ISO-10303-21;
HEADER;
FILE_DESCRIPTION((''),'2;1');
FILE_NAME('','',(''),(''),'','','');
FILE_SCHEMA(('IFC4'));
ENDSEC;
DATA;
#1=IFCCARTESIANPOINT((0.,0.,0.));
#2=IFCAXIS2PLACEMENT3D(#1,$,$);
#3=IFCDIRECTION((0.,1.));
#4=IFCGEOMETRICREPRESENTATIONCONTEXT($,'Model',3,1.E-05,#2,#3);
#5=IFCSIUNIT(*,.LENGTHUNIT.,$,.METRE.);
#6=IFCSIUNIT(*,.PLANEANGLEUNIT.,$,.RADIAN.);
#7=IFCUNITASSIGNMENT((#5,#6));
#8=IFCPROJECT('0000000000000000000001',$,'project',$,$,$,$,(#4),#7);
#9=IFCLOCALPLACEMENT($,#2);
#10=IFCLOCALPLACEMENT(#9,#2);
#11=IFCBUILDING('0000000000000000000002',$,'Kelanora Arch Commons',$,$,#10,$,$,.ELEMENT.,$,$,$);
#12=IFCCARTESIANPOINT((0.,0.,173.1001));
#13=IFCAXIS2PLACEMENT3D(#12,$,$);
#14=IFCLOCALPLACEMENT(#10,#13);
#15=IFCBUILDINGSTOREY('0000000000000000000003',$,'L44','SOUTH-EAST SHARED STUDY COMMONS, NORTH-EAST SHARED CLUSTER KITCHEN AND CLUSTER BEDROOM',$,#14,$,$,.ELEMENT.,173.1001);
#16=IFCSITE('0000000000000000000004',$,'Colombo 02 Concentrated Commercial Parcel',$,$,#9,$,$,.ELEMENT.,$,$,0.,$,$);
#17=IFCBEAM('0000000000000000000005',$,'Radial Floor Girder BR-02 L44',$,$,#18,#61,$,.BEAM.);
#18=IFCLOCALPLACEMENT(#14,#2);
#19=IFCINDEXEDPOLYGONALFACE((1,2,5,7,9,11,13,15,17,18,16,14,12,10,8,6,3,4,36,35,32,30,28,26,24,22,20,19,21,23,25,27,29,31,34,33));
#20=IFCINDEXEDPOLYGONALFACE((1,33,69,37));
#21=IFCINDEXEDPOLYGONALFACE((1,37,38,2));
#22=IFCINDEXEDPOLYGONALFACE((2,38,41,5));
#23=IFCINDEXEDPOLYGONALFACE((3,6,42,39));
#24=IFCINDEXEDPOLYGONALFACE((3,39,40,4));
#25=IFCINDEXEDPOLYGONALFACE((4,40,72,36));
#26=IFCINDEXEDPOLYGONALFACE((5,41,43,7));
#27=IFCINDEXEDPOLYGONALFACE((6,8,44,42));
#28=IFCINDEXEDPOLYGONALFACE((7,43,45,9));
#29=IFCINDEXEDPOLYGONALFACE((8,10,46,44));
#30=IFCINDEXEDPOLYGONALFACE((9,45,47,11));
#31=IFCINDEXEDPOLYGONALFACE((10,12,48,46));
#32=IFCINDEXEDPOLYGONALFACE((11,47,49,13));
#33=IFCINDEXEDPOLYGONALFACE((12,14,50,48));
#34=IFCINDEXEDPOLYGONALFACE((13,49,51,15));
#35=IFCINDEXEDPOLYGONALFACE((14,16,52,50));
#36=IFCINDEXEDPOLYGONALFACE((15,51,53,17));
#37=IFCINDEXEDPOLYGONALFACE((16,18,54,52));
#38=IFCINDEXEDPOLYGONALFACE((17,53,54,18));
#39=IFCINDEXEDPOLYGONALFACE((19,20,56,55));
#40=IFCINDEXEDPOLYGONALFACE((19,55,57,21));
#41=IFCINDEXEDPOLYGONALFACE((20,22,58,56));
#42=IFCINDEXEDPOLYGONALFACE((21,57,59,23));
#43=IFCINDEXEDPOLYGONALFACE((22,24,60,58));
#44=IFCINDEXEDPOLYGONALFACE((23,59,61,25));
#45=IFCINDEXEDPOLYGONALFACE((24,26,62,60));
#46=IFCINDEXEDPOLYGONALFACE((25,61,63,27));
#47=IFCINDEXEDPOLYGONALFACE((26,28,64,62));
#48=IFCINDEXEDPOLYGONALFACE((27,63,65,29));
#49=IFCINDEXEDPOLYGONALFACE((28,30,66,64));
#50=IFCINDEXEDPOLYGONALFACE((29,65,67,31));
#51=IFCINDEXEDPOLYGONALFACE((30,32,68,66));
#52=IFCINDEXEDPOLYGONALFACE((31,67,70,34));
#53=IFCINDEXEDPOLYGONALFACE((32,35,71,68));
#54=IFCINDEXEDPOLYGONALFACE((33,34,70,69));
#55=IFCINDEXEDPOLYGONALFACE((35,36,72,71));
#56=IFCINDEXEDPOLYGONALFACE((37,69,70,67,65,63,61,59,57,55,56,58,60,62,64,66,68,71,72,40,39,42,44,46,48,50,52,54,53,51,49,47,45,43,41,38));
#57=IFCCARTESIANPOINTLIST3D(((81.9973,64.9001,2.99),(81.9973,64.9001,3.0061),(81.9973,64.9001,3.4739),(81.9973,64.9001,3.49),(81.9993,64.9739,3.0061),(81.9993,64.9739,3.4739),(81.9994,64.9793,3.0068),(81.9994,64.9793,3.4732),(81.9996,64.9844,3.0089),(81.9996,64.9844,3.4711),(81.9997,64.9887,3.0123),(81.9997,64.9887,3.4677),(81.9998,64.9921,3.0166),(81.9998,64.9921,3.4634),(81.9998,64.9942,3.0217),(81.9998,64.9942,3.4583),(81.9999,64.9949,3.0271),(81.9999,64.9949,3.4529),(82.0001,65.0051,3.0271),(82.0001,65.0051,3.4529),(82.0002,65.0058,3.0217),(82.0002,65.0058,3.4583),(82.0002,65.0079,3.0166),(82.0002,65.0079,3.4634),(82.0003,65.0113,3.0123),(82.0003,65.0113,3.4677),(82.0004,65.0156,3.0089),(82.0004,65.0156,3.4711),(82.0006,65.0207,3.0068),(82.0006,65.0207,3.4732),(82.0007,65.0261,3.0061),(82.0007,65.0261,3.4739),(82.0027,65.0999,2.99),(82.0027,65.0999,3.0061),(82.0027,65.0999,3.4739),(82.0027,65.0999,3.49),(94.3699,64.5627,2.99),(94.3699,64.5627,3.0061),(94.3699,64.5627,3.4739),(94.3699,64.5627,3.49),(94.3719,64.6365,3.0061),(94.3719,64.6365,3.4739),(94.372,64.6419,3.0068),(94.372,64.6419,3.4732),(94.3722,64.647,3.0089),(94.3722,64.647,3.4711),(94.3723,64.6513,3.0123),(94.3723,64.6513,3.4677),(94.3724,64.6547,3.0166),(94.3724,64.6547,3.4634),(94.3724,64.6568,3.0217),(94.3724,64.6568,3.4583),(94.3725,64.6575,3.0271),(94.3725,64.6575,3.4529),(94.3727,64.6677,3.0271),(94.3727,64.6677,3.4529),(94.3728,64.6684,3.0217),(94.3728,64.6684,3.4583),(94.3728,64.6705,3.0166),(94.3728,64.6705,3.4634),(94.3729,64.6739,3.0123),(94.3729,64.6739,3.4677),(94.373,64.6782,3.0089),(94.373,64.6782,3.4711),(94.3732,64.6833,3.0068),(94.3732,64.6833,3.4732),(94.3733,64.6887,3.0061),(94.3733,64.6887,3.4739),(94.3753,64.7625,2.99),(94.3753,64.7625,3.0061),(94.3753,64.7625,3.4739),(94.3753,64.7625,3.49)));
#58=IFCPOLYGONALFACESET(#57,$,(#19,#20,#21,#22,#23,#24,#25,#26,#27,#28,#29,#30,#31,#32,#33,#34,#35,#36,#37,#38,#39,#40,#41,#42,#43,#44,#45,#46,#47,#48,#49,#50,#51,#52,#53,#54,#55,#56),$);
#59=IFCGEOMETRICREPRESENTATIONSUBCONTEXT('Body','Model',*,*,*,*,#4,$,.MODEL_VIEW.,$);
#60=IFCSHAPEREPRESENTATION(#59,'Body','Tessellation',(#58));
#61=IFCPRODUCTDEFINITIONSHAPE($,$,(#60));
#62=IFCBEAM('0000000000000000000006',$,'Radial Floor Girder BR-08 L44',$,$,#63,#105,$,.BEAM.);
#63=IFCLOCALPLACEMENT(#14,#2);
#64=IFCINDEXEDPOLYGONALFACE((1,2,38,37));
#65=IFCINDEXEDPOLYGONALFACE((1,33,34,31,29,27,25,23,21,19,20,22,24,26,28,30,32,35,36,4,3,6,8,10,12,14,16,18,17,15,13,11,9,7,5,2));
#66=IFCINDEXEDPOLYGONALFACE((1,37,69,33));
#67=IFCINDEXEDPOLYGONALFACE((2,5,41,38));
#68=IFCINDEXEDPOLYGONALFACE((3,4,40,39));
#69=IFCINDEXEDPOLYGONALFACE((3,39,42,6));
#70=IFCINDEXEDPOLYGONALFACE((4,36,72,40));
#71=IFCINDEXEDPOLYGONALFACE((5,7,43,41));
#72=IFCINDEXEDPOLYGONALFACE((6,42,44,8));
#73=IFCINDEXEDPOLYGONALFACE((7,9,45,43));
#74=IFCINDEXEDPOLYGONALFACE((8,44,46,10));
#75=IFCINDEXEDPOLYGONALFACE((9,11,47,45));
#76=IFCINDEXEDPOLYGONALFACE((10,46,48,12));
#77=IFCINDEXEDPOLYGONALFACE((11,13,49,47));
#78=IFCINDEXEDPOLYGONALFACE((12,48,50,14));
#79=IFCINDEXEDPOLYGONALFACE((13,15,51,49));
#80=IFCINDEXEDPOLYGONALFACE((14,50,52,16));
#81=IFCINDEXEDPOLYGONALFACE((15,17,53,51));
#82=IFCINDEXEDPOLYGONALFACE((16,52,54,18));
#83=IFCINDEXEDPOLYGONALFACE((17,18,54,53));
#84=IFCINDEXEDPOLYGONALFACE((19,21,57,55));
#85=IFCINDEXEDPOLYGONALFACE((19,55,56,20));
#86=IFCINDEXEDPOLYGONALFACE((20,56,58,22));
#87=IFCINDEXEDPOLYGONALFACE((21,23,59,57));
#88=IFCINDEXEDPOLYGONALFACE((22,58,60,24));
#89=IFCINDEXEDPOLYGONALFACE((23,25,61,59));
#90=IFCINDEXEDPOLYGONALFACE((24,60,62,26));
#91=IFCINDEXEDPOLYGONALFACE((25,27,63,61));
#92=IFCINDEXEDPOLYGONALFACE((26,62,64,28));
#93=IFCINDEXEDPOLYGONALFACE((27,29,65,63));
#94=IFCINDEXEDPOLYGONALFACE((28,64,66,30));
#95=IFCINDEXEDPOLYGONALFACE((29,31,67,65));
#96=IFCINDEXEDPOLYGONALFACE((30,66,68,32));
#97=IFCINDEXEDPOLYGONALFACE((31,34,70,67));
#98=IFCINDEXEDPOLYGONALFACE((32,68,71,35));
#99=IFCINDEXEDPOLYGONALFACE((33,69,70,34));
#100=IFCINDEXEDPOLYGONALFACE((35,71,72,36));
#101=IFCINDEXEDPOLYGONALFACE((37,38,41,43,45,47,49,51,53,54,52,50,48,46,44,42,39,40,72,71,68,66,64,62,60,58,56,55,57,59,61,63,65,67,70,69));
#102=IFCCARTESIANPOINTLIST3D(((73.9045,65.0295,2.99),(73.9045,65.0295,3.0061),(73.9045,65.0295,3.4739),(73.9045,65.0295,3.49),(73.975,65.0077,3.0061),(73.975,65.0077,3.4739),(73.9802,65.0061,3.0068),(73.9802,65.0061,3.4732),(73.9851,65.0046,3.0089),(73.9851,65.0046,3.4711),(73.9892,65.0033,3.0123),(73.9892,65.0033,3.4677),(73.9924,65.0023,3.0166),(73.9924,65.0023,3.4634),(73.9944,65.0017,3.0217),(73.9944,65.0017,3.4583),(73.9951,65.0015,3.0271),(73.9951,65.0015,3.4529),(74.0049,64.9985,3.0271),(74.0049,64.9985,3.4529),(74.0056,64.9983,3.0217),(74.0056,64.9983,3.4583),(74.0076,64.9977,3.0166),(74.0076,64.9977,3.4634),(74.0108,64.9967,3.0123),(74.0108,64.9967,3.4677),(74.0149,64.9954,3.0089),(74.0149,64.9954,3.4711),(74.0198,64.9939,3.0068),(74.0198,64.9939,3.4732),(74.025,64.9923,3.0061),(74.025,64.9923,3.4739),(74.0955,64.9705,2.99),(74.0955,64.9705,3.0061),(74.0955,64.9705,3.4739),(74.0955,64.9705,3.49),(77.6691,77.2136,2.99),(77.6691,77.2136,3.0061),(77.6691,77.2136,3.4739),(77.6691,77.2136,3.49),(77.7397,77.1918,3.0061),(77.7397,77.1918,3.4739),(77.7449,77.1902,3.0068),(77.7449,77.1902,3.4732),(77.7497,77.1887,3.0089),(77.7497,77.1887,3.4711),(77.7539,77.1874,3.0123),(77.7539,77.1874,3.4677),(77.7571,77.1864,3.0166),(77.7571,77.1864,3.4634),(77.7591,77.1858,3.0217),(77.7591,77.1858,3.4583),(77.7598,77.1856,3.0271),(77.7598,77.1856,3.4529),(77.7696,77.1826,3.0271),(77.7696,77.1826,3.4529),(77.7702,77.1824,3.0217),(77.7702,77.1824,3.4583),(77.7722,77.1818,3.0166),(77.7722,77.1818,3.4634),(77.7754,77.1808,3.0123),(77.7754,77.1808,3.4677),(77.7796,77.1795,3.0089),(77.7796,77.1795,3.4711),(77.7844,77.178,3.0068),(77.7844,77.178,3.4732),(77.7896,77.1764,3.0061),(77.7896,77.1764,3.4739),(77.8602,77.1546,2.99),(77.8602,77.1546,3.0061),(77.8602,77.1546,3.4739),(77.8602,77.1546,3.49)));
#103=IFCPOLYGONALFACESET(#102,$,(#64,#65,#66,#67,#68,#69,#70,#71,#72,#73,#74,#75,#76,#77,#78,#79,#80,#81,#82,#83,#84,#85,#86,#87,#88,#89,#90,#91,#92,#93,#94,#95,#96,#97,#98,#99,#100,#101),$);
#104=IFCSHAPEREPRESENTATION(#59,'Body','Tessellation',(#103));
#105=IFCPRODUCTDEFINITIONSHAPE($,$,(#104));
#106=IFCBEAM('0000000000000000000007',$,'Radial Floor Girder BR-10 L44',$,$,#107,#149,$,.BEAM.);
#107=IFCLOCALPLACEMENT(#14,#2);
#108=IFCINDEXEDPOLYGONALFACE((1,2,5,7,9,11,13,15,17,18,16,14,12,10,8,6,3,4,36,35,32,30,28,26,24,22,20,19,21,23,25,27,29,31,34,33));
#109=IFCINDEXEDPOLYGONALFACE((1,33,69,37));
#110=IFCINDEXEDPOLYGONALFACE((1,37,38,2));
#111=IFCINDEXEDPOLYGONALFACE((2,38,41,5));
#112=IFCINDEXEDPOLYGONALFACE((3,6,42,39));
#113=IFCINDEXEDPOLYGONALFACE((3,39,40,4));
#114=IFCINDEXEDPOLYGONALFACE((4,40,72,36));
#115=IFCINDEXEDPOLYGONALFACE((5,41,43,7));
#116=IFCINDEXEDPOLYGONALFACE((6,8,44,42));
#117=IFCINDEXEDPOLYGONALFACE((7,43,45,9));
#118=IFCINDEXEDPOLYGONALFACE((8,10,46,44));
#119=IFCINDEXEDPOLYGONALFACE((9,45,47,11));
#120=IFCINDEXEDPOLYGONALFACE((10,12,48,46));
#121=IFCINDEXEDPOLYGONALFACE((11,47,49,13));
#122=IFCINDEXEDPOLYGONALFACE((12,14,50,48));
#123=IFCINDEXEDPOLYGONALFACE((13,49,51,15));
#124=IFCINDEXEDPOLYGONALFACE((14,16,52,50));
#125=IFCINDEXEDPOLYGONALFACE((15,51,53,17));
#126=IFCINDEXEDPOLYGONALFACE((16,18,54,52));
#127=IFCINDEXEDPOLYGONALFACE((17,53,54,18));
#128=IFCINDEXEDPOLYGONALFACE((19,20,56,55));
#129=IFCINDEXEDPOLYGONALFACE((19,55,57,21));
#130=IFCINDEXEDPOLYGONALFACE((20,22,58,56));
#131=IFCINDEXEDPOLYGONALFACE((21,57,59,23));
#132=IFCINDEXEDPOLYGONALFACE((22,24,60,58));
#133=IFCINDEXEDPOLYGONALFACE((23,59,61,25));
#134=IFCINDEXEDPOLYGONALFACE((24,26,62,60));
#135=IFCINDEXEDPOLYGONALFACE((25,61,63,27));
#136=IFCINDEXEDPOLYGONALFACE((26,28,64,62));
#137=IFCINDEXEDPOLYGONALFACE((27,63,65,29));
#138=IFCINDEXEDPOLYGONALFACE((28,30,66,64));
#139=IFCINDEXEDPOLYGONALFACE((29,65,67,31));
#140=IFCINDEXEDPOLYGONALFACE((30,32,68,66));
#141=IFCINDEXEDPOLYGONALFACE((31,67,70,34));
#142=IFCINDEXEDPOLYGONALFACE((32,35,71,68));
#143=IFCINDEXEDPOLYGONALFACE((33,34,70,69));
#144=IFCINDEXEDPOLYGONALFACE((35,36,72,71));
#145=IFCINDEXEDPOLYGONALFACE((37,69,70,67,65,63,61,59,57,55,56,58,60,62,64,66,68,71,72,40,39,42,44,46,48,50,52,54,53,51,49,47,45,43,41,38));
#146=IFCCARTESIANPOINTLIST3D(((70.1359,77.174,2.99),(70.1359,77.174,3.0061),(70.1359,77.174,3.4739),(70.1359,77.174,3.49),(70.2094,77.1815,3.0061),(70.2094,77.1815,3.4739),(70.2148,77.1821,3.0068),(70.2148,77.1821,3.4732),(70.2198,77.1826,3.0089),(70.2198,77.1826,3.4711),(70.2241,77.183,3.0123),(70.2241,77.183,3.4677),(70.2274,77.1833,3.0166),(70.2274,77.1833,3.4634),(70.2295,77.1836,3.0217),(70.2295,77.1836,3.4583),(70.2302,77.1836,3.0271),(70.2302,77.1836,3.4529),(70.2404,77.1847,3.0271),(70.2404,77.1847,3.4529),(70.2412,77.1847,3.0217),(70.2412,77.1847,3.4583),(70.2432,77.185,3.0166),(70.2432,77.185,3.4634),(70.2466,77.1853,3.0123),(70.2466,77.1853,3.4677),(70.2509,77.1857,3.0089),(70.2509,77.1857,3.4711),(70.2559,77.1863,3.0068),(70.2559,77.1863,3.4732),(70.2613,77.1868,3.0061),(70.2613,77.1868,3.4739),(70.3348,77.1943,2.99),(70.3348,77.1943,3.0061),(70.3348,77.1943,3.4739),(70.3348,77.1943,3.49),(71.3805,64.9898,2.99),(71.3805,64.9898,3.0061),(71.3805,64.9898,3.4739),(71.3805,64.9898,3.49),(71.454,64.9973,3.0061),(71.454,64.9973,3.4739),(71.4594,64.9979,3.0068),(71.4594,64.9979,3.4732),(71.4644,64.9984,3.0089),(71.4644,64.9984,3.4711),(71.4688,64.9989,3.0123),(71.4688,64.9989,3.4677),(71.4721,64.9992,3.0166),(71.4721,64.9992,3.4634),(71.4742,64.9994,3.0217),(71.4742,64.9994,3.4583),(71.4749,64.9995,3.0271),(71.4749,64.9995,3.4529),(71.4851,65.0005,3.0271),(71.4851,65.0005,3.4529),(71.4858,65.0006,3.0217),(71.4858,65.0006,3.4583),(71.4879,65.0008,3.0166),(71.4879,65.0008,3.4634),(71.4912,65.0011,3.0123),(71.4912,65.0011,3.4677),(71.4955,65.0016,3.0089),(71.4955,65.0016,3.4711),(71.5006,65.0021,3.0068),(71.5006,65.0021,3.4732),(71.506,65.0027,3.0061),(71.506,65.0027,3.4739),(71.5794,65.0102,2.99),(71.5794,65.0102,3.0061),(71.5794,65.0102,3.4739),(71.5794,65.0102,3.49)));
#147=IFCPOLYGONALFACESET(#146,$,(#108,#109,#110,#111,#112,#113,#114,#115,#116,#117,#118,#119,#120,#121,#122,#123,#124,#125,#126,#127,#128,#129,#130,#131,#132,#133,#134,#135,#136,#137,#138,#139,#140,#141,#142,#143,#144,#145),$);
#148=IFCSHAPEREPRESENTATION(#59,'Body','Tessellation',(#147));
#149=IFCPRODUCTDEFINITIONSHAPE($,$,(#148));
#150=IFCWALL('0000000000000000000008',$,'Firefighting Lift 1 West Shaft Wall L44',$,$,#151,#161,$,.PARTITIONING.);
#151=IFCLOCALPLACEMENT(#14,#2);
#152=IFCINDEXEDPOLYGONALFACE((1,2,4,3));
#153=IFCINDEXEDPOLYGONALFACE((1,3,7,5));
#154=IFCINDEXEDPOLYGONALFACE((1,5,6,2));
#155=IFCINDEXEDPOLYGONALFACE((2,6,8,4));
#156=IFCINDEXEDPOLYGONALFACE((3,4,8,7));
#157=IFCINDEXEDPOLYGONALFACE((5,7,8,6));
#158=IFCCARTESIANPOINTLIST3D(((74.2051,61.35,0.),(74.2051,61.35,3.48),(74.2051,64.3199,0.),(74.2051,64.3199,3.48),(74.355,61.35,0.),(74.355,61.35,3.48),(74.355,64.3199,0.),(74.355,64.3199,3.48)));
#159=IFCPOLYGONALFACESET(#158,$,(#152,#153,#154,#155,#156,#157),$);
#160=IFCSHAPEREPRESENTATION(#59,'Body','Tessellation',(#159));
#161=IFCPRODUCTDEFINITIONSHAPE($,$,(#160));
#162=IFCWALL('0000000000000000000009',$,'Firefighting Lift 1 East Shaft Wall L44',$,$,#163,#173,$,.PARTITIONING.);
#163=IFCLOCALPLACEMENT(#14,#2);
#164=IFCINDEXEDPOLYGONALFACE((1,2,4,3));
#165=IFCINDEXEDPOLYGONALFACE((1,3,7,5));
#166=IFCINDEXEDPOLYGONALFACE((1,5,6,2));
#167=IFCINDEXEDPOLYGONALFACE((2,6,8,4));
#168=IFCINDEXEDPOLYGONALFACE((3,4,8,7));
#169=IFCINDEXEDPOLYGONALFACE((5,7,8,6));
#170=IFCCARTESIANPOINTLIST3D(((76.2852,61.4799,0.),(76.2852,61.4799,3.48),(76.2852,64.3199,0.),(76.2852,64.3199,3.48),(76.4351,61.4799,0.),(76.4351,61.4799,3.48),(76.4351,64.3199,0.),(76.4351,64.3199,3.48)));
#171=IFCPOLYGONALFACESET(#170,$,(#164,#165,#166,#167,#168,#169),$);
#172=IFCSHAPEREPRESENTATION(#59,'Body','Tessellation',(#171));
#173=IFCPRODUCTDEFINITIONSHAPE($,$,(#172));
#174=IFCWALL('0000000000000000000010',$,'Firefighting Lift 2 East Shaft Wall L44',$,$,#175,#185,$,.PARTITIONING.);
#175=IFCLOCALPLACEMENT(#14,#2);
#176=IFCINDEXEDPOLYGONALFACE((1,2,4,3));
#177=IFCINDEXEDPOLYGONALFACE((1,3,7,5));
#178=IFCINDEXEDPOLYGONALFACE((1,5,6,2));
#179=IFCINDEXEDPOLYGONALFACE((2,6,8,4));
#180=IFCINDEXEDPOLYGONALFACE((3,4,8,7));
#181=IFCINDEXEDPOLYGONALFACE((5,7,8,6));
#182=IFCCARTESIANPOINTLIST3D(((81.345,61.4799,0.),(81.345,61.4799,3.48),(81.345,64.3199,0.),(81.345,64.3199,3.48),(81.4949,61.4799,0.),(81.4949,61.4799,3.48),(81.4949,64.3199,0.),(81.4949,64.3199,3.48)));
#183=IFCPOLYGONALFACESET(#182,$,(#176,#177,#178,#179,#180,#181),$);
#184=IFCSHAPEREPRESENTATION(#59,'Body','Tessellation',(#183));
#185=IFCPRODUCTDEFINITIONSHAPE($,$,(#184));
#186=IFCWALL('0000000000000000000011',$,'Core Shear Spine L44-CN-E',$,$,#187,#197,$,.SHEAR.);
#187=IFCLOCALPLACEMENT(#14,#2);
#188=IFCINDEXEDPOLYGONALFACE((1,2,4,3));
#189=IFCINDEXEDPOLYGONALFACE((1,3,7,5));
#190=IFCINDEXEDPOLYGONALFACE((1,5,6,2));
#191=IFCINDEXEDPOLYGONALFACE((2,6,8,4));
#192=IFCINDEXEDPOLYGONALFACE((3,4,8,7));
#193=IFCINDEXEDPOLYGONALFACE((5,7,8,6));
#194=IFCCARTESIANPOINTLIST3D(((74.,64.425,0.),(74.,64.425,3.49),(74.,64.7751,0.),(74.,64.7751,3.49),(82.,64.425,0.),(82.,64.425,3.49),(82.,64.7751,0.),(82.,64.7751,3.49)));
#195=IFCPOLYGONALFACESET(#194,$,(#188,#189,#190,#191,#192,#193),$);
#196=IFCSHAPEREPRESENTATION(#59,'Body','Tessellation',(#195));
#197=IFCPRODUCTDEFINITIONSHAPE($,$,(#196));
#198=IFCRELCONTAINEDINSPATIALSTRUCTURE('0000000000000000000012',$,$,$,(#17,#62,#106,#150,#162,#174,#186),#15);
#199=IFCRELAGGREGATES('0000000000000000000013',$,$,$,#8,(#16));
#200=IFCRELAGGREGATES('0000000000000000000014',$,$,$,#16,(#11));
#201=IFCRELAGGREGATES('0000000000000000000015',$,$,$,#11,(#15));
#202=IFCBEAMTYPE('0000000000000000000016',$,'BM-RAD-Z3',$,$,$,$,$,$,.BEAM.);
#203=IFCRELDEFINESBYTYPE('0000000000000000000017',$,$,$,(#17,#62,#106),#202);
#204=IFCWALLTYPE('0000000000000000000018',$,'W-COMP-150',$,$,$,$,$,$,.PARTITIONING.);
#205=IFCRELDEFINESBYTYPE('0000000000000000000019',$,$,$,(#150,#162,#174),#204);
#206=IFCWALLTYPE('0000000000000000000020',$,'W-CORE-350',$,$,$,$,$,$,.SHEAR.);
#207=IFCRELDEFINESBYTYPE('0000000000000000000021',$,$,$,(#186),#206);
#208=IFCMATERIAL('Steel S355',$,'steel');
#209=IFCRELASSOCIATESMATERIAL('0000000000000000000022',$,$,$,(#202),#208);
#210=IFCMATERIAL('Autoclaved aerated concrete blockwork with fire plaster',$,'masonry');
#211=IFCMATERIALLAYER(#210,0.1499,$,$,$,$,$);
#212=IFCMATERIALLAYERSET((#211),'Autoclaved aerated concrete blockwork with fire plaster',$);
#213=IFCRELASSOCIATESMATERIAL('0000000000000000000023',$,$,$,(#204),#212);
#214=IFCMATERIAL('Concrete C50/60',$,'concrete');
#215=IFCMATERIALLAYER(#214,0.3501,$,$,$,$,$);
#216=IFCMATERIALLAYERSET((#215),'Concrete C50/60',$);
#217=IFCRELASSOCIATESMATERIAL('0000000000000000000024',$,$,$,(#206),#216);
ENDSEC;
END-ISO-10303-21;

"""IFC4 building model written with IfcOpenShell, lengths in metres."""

from ifc_helpers import new_model, si_unit, direction, frame, frame_2d, origin, origin_2d, place, context, subcontext, project, spatial, rectangle, i_section, extrude, material, layer, layer_set, material_profile, profile_set, type_object, element, save


model = new_model("IFC4")

# Units and contexts
model_context = context("Model", 3, precision=1e-05, world=origin(), true_north=direction((0.0, 1.0)))
body_context = subcontext(model_context, "Body", "Model", "MODEL_VIEW")
ifc_project = project(units=[si_unit("LENGTHUNIT", "METRE"), si_unit("PLANEANGLEUNIT", "RADIAN")], contexts=[model_context])

# Site, building, storey
site_placement = place(None, origin())
site = spatial("IfcSite", under=ifc_project, at=site_placement, Name="Colombo 02 Concentrated Commercial Parcel", CompositionType="ELEMENT", RefElevation=0.0)
building_placement = place(site_placement, origin())
building = spatial("IfcBuilding", under=site, at=building_placement, Name="Kelanora Arch Commons", CompositionType="ELEMENT")
storey_placement = place(building_placement, frame((0.0, 0.0, 173.1001)))
storey = spatial("IfcBuildingStorey", under=building, at=storey_placement, Name="L44", Description="SOUTH-EAST SHARED STUDY COMMONS, NORTH-EAST SHARED CLUSTER KITCHEN AND CLUSTER BEDROOM", CompositionType="ELEMENT", Elevation=173.1001)

# Beams
ifc_material_1 = material(Name="Steel S355", Category="steel")
ifc_material_profile_1 = material_profile(ifc_material_1, i_section(OverallWidth=0.2, OverallDepth=0.5, WebThickness=0.0103, FlangeThickness=0.0161, FilletRadius=0.021, at=origin_2d()), Name="IPE500")
ifc_profile_set_1 = profile_set([ifc_material_profile_1], Name="Steel S355")
beam_type_1 = type_object("IfcBeamType", Name="BM-RAD-Z3", PredefinedType="BEAM", material=ifc_profile_set_1)
beam_1_placement = place(storey_placement, frame((82.0, 65.0, 3.24), z_axis=(0.999628, -0.02726, 0.0), x_axis=(0.02726, 0.999628, 0.0)))
element("IfcBeam", 1, at=beam_1_placement, inside=storey, type_object=beam_type_1, Name="Radial Floor Girder BR-02 L44", PredefinedType="BEAM", context=body_context, shape_type="SweptSolid", body=[
    extrude(i_section(OverallWidth=0.2, OverallDepth=0.5, WebThickness=0.0103, FlangeThickness=0.0161, FilletRadius=0.021, at=origin_2d()), origin(), (0.0, 0.0, 1.0), 12.3772),
])
beam_2_placement = place(storey_placement, frame((74.0, 65.0, 3.24), z_axis=(0.29521, 0.955432, 0.0), x_axis=(-0.955432, 0.29521, 0.0)))
element("IfcBeam", 2, at=beam_2_placement, inside=storey, type_object=beam_type_1, Name="Radial Floor Girder BR-08 L44", PredefinedType="BEAM", context=body_context, shape_type="SweptSolid", body=[
    extrude(i_section(OverallWidth=0.2, OverallDepth=0.5, WebThickness=0.0103, FlangeThickness=0.0161, FilletRadius=0.021, at=origin_2d()), origin(), (0.0, 0.0, 1.0), 12.7524),
])
beam_3_placement = place(storey_placement, frame((71.48, 65.0, 3.24), z_axis=(-0.101623, 0.994823, 0.0), x_axis=(-0.994823, -0.101623, 0.0)))
element("IfcBeam", 3, at=beam_3_placement, inside=storey, type_object=beam_type_1, Name="Radial Floor Girder BR-10 L44", PredefinedType="BEAM", context=body_context, shape_type="SweptSolid", body=[
    extrude(i_section(OverallWidth=0.2, OverallDepth=0.5, WebThickness=0.0103, FlangeThickness=0.0161, FilletRadius=0.021, at=origin_2d()), origin(), (0.0, 0.0, 1.0), 12.2476),
])

# Walls
ifc_material_2 = material(Name="Autoclaved aerated concrete blockwork with fire plaster", Category="masonry")
ifc_layer_1 = layer(ifc_material_2, 0.1499)
ifc_layer_set_1 = layer_set([ifc_layer_1], Name="Autoclaved aerated concrete blockwork with fire plaster")
wall_type_1 = type_object("IfcWallType", Name="W-COMP-150", PredefinedType="PARTITIONING", material=ifc_layer_set_1)
wall_1_placement = place(storey_placement, frame((74.28, 61.3501, 0.0), z_axis=(0.0, 0.0, 1.0), x_axis=(0.0, 1.0, 0.0)))
element("IfcWall", 4, at=wall_1_placement, inside=storey, type_object=wall_type_1, Name="Firefighting Lift 1 West Shaft Wall L44", PredefinedType="PARTITIONING", context=body_context, shape_type="SweptSolid", body=[
    extrude(rectangle(XDim=2.97, YDim=0.1499, at=frame_2d((1.4849, 0.0))), origin(), (0.0, 0.0, 1.0), 3.48),
])
for number, where, z_axis, x_axis, name in (
    (5, (76.3601, 61.48, 0.0), (0.0, 0.0, 1.0), (0.0, 1.0, 0.0), "Firefighting Lift 1 East Shaft Wall L44"),
    (6, (81.4199, 61.48, 0.0), (0.0, 0.0, 1.0), (0.0, 1.0, 0.0), "Firefighting Lift 2 East Shaft Wall L44"),
):
    element("IfcWall", number, at=place(storey_placement, frame(where, z_axis=z_axis, x_axis=x_axis)), inside=storey, type_object=wall_type_1, Name=name, PredefinedType="PARTITIONING", context=body_context, shape_type="SweptSolid", body=[
        extrude(rectangle(XDim=2.8401, YDim=0.1499, at=frame_2d((1.4199, 0.0))), origin(), (0.0, 0.0, 1.0), 3.48),
    ])
ifc_material_3 = material(Name="Concrete C50/60", Category="concrete")
ifc_layer_2 = layer(ifc_material_3, 0.3501)
ifc_layer_set_2 = layer_set([ifc_layer_2], Name="Concrete C50/60")
wall_type_2 = type_object("IfcWallType", Name="W-CORE-350", PredefinedType="SHEAR", material=ifc_layer_set_2)
wall_2_placement = place(storey_placement, frame((74.0, 64.6001, 0.0), z_axis=(0.0, 0.0, 1.0), x_axis=(1.0, 0.0, 0.0)))
element("IfcWall", 7, at=wall_2_placement, inside=storey, type_object=wall_type_2, Name="Core Shear Spine L44-CN-E", PredefinedType="SHEAR", context=body_context, shape_type="SweptSolid", body=[
    extrude(rectangle(XDim=8.0, YDim=0.3501, at=frame_2d((4.0, 0.0))), origin(), (0.0, 0.0, 1.0), 3.49),
])

save(model, "model.ifc")
